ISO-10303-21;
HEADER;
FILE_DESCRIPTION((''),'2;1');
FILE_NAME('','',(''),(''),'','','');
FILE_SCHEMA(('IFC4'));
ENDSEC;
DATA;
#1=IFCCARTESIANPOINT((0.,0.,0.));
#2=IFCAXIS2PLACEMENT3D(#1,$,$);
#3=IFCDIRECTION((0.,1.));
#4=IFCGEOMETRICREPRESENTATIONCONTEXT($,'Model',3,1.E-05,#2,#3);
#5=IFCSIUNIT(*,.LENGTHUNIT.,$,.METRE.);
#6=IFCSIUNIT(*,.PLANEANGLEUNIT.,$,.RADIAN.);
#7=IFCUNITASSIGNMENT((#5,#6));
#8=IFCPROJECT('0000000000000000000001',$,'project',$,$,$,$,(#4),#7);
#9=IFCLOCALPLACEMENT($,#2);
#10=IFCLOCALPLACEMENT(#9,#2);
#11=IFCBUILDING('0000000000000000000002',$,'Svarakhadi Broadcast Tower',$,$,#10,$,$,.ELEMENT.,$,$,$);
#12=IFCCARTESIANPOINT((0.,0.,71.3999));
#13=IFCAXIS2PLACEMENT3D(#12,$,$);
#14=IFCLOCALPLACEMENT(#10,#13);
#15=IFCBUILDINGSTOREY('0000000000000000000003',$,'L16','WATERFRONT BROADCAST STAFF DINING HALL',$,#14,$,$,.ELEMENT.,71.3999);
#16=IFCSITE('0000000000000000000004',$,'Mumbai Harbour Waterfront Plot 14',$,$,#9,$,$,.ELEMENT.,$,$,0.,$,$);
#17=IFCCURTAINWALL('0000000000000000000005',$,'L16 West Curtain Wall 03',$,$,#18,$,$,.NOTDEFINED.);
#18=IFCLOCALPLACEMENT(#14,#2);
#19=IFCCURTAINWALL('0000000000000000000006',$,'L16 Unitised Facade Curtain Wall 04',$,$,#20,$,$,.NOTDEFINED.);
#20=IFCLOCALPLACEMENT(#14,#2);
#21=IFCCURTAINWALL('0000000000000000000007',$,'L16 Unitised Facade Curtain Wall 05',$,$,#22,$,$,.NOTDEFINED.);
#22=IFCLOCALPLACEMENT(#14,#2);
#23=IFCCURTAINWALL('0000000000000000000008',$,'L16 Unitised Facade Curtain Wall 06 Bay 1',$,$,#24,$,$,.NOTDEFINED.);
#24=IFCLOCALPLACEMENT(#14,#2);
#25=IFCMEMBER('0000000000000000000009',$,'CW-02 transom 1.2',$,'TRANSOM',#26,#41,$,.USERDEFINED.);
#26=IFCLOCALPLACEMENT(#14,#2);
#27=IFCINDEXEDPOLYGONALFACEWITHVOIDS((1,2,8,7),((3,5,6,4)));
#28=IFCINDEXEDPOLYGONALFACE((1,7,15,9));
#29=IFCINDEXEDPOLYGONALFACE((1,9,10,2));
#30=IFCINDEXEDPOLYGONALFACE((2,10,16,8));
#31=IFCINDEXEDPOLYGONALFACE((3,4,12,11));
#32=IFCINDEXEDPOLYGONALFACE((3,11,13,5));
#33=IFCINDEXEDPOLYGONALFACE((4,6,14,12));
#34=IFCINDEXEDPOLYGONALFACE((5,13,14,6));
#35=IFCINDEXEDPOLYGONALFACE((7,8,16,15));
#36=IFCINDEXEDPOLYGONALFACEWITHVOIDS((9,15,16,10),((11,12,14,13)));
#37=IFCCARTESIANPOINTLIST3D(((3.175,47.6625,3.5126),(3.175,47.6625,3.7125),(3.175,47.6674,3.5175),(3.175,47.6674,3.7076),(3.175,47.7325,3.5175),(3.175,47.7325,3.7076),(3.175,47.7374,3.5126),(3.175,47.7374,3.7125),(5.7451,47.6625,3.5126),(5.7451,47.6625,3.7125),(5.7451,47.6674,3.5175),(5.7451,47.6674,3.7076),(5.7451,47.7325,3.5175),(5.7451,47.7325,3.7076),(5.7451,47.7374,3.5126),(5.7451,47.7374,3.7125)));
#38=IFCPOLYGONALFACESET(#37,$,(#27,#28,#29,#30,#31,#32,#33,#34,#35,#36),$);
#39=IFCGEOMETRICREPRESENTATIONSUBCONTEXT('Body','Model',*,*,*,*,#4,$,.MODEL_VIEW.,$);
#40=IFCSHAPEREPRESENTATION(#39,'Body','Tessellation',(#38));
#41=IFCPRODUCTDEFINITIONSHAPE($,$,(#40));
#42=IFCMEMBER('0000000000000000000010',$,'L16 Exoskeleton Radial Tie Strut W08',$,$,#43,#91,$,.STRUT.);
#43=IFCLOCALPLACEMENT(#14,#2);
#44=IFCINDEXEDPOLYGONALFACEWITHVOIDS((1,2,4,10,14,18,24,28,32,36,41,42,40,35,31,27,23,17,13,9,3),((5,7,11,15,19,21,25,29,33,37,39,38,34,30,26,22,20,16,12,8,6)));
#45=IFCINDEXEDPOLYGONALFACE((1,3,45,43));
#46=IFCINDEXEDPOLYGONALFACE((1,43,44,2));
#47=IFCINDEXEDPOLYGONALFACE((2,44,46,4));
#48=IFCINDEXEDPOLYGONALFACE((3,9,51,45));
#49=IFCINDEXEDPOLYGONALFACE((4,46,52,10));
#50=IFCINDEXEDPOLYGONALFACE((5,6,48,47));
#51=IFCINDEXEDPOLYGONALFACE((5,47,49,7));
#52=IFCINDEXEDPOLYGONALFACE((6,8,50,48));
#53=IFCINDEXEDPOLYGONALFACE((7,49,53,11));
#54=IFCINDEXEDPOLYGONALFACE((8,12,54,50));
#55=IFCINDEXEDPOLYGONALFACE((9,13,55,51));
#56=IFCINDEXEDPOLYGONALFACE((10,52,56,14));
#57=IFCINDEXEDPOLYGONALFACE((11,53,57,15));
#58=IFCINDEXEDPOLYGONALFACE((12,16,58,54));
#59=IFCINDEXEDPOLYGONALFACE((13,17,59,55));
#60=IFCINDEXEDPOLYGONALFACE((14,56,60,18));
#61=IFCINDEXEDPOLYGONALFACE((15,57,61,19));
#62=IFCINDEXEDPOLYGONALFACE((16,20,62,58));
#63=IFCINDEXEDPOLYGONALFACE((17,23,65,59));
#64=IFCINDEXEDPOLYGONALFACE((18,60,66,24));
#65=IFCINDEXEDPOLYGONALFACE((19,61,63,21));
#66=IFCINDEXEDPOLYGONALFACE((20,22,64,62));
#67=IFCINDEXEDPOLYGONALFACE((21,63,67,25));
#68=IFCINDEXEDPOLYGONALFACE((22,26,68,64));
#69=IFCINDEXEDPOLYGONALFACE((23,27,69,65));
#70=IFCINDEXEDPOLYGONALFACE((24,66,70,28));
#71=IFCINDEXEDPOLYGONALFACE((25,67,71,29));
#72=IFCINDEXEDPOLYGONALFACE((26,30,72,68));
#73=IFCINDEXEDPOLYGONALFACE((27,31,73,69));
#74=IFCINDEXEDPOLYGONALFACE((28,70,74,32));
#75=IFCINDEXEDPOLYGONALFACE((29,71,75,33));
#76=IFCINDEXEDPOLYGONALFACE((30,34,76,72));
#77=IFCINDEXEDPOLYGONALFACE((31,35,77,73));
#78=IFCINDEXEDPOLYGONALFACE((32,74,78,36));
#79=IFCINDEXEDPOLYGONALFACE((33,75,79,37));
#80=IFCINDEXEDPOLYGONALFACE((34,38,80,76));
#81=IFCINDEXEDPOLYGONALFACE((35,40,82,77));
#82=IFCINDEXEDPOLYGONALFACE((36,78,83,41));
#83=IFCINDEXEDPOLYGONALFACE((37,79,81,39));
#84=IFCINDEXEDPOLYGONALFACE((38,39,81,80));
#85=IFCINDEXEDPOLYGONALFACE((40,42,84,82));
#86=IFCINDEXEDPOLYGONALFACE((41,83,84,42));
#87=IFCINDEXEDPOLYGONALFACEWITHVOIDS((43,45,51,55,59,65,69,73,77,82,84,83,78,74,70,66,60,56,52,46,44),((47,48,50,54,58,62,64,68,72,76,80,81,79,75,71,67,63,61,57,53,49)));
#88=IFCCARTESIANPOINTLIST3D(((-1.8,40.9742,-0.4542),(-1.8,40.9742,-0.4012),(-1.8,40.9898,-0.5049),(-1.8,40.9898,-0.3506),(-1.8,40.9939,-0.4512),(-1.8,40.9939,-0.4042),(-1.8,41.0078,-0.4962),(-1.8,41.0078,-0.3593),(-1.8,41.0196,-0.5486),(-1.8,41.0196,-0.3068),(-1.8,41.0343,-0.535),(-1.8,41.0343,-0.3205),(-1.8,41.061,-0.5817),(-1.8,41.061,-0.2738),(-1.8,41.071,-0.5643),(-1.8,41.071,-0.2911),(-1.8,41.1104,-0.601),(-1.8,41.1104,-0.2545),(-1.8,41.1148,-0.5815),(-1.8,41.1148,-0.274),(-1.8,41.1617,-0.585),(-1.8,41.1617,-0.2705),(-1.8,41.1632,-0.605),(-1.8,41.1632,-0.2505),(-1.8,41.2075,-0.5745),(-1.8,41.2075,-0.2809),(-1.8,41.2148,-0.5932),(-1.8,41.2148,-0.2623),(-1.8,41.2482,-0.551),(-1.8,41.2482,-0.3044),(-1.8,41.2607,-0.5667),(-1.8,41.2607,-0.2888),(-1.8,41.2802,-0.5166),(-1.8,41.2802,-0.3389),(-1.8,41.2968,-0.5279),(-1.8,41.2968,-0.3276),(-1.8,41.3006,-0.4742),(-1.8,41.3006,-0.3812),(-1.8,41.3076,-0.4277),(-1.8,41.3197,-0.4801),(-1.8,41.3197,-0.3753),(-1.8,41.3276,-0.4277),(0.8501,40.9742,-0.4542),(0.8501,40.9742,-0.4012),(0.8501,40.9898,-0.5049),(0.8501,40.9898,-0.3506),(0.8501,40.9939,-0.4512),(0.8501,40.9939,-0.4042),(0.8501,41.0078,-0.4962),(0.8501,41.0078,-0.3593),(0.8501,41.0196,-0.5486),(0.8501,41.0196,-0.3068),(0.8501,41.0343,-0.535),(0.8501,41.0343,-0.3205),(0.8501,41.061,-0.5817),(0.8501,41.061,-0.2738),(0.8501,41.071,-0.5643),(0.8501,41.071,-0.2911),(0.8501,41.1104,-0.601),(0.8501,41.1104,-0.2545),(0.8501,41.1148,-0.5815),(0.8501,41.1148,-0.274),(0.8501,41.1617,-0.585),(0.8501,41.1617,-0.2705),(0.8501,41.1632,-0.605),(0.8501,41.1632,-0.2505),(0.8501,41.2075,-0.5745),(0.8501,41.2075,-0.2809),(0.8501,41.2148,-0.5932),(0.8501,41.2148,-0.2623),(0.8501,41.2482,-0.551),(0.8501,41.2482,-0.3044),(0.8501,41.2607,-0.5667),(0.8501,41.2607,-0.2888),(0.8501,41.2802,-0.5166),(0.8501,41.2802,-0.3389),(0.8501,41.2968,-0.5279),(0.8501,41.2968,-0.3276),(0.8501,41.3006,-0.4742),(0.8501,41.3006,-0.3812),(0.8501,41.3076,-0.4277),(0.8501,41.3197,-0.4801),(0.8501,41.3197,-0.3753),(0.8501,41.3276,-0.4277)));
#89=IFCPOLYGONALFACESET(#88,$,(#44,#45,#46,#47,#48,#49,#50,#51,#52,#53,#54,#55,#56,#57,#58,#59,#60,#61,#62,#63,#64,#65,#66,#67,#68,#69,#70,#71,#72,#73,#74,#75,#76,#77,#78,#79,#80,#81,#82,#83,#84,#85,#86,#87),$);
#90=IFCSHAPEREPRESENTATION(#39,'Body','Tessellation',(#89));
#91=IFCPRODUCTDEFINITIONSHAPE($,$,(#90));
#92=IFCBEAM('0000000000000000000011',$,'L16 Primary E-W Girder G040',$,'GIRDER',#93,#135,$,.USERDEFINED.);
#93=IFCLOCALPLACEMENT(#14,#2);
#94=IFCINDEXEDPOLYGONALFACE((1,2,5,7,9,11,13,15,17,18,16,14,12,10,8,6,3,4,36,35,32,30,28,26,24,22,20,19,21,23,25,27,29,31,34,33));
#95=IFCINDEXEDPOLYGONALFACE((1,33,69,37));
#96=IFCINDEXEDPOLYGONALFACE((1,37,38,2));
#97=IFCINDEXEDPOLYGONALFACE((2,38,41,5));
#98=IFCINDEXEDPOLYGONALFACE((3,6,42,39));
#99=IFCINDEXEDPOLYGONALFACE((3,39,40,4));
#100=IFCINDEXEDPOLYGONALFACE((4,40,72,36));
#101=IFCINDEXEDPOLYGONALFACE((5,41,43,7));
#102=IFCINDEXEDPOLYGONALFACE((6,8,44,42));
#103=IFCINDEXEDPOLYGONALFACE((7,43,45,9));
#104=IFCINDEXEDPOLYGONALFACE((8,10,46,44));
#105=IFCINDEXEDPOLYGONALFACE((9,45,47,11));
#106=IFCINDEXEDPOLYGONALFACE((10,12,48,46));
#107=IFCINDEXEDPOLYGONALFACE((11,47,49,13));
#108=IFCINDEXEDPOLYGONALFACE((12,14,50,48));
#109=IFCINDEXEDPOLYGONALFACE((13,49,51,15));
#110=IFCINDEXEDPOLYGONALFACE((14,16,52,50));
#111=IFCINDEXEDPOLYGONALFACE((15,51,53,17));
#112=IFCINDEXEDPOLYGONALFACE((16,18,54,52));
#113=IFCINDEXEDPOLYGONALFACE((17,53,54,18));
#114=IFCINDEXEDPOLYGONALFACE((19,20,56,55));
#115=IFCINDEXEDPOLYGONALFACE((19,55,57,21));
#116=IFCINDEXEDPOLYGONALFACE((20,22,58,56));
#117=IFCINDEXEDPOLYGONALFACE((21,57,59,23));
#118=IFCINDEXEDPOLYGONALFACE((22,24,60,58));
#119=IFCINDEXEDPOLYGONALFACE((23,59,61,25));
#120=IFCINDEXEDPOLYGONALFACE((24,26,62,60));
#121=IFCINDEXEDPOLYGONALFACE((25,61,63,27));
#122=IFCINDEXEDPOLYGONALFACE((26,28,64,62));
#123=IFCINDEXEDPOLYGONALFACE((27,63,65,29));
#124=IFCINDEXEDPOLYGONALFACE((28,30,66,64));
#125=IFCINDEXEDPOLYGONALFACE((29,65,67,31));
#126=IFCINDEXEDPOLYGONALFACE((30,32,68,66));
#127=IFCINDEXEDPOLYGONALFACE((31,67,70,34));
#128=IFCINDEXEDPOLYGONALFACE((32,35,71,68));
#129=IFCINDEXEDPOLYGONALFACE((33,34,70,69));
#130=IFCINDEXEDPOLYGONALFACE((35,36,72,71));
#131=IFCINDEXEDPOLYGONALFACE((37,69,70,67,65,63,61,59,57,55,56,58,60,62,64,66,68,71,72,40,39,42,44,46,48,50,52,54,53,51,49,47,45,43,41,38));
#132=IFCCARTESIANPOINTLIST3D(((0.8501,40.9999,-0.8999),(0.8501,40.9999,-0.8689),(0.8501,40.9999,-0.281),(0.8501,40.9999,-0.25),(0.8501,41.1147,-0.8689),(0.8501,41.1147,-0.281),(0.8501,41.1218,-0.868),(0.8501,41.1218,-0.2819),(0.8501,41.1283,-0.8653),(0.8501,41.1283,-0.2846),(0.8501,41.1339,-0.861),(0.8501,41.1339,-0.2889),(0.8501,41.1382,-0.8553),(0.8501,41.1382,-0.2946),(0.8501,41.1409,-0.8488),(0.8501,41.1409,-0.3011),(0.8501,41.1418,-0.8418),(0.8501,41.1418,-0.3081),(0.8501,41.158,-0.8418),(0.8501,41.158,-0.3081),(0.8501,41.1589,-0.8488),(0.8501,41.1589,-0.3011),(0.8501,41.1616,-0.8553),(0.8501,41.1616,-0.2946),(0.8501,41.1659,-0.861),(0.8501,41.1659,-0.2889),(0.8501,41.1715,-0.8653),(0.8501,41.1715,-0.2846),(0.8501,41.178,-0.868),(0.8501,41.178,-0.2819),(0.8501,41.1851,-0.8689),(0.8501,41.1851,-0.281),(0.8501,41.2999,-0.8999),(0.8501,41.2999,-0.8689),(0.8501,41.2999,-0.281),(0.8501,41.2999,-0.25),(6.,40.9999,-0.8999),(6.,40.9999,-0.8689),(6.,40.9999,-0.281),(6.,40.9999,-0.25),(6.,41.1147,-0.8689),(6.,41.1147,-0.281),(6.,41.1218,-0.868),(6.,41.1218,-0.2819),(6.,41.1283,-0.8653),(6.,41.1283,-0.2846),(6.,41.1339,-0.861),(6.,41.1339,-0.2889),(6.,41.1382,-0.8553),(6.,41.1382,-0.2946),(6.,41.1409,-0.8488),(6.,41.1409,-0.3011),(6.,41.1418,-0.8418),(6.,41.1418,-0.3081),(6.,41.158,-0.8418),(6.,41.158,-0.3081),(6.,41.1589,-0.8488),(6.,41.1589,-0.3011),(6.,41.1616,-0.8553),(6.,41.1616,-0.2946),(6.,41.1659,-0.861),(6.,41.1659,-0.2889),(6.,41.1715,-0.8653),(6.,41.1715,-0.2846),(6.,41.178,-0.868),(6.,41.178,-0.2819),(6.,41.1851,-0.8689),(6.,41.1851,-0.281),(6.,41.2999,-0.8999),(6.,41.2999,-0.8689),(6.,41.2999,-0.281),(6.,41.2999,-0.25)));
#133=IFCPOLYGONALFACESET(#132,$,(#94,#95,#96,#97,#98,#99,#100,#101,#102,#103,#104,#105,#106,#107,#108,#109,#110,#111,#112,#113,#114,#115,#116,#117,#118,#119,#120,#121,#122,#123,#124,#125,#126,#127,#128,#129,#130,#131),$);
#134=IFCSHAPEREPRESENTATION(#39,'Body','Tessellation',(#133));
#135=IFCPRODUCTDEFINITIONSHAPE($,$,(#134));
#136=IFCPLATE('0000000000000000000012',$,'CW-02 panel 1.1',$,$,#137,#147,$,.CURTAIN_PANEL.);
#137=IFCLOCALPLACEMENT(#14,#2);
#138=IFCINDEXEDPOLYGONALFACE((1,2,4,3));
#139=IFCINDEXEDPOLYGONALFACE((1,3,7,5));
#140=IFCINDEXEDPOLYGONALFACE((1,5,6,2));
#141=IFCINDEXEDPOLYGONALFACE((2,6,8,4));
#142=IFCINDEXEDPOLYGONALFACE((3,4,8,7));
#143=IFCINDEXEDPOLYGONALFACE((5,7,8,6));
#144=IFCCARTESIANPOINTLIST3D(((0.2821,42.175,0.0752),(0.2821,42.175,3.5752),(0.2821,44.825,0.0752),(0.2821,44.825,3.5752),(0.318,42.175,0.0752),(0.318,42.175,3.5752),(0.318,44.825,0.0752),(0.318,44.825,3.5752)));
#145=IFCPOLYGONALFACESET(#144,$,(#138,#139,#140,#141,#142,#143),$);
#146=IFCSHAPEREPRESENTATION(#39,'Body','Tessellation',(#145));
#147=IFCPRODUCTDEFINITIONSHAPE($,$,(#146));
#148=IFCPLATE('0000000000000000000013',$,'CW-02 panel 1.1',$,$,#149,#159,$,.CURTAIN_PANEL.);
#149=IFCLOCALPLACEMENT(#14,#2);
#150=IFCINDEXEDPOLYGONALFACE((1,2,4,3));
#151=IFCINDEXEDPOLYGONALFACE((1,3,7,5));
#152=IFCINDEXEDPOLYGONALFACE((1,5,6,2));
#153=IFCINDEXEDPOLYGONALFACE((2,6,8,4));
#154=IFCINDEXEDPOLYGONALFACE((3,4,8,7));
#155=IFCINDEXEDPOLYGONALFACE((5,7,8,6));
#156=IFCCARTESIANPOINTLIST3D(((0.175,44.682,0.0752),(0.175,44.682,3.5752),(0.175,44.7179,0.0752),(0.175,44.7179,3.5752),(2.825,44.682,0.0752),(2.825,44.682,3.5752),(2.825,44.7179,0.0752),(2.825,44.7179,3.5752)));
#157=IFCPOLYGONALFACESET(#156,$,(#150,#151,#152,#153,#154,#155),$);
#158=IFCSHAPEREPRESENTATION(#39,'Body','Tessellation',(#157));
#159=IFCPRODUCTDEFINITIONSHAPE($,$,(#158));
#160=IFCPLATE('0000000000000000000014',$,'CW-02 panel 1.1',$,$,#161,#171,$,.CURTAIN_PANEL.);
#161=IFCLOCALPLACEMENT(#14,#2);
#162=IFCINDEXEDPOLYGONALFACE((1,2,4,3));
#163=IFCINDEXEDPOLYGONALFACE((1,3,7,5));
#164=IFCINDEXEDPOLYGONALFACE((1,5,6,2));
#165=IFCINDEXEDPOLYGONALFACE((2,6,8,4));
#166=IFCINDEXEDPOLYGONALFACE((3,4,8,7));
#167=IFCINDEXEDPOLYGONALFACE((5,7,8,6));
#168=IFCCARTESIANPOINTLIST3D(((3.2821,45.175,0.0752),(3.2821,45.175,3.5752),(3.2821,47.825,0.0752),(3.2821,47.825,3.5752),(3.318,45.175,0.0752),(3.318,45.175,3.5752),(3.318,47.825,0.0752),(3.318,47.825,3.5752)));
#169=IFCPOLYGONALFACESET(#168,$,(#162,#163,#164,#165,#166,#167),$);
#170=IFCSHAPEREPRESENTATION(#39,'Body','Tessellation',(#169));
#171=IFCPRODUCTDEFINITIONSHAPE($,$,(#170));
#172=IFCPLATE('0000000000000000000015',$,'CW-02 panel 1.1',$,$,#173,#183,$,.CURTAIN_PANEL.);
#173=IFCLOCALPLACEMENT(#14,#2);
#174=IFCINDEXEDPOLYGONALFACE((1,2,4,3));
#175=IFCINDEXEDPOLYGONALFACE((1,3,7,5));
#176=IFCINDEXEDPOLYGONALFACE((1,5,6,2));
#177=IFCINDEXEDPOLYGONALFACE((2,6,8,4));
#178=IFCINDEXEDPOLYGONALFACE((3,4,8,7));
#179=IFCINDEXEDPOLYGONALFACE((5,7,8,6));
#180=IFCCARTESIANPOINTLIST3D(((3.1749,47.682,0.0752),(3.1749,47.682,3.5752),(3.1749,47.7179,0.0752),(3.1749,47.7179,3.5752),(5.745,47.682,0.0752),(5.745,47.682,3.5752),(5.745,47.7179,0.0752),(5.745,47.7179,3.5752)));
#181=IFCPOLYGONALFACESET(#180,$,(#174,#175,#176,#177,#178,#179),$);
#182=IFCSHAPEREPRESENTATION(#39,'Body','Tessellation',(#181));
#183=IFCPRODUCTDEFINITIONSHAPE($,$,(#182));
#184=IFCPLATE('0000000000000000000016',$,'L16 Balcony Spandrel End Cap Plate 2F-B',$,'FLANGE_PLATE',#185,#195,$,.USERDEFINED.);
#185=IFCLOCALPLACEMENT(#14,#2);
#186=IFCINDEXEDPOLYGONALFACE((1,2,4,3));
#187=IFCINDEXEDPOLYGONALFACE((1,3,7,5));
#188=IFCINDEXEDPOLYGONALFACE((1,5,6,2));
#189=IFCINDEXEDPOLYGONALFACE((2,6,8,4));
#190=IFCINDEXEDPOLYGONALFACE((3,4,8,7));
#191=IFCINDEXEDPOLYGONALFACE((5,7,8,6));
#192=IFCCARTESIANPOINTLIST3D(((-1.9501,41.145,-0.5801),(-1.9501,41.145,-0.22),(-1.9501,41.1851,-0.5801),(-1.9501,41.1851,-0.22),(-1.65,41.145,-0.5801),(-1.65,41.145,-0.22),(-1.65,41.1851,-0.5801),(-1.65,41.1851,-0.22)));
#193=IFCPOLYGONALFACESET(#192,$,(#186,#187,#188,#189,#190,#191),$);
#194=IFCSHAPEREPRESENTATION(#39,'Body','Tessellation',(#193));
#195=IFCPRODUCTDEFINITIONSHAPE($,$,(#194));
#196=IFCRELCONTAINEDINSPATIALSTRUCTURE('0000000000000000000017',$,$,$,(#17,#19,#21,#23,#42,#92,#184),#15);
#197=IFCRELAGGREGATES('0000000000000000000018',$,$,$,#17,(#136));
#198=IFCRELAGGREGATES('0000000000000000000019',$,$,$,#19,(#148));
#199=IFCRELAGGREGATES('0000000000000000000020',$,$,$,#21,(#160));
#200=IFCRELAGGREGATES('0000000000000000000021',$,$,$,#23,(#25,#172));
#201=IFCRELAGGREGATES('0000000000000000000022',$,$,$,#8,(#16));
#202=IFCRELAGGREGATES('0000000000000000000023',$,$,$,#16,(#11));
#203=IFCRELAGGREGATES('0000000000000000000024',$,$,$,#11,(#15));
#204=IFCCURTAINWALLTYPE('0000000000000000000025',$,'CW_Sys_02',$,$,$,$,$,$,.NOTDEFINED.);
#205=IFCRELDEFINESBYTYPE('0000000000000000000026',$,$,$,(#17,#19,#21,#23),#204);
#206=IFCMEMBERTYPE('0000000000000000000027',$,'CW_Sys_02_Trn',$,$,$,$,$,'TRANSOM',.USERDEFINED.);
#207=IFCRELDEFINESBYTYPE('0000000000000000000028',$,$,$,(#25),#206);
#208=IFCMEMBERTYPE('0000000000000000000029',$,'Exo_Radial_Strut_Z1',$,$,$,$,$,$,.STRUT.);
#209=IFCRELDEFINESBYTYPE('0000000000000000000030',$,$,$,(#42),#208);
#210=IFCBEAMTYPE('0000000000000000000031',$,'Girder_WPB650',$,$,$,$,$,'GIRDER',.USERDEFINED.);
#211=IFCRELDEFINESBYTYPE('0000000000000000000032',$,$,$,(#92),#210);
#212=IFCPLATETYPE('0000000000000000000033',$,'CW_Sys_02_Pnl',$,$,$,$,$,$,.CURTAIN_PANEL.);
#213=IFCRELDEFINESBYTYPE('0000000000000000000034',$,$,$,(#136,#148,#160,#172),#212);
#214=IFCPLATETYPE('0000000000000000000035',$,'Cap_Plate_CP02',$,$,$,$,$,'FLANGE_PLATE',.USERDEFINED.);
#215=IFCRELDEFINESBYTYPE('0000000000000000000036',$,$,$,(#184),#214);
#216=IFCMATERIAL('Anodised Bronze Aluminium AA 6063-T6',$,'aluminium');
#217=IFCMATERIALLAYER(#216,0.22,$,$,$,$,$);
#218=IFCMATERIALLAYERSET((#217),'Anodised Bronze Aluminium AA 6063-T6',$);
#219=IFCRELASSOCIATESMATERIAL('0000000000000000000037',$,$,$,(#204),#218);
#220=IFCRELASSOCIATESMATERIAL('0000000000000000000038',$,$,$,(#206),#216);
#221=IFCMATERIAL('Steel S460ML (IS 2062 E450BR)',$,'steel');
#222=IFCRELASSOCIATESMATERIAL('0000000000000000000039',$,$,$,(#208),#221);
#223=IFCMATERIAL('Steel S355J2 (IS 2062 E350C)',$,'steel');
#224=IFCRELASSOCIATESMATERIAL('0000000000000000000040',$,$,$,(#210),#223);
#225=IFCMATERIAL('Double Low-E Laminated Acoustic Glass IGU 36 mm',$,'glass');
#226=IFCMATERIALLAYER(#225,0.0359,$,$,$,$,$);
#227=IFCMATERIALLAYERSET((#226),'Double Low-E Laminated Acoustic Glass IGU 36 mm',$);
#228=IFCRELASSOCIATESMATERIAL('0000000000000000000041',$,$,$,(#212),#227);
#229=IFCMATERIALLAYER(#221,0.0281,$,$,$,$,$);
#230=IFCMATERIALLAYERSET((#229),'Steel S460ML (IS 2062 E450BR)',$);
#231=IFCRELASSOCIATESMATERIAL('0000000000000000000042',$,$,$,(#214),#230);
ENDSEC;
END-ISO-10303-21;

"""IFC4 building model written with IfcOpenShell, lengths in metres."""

from ifc_helpers import new_model, si_unit, direction, frame, origin, origin_2d, place, context, subcontext, project, spatial, rectangle, hollow_rectangle, hollow_circle, i_section, extrude, material, layer, layer_set, material_profile, profile_set, type_object, element, aggregate, save


model = new_model("IFC4")

# Units and contexts
model_context = context("Model", 3, precision=1e-05, world=origin(), true_north=direction((0.0, 1.0)))
body_context = subcontext(model_context, "Body", "Model", "MODEL_VIEW")
ifc_project = project(units=[si_unit("LENGTHUNIT", "METRE"), si_unit("PLANEANGLEUNIT", "RADIAN")], contexts=[model_context])

# Site, building, storey
site_placement = place(None, origin())
site = spatial("IfcSite", under=ifc_project, at=site_placement, Name="Mumbai Harbour Waterfront Plot 14", CompositionType="ELEMENT", RefElevation=0.0)
building_placement = place(site_placement, origin())
building = spatial("IfcBuilding", under=site, at=building_placement, Name="Svarakhadi Broadcast Tower", CompositionType="ELEMENT")
storey_placement = place(building_placement, frame((0.0, 0.0, 71.3999)))
storey = spatial("IfcBuildingStorey", under=building, at=storey_placement, Name="L16", Description="WATERFRONT BROADCAST STAFF DINING HALL", CompositionType="ELEMENT", Elevation=71.3999)

# Shared definitions
ifc_material_1 = material(Name="Steel S460ML (IS 2062 E450BR)", Category="steel")

# Shared definitions
ifc_material_2 = material(Name="Steel S355J2 (IS 2062 E350C)", Category="steel")

# Curtain walls
ifc_material_3 = material(Name="Anodised Bronze Aluminium AA 6063-T6", Category="aluminium")
ifc_layer_1 = layer(ifc_material_3, 0.22)
ifc_layer_set_1 = layer_set([ifc_layer_1], Name="Anodised Bronze Aluminium AA 6063-T6")
curtain_wall_type = type_object("IfcCurtainWallType", Name="CW_Sys_02", PredefinedType="NOTDEFINED", material=ifc_layer_set_1)
curtain_wall_1_placement = place(storey_placement, origin())
curtain_wall_1 = element("IfcCurtainWall", 1, at=curtain_wall_1_placement, inside=storey, type_object=curtain_wall_type, Name="L16 West Curtain Wall 03", PredefinedType="NOTDEFINED")
curtain_wall_2_placement = place(storey_placement, origin())
curtain_wall_2 = element("IfcCurtainWall", 2, at=curtain_wall_2_placement, inside=storey, type_object=curtain_wall_type, Name="L16 Unitised Facade Curtain Wall 04", PredefinedType="NOTDEFINED")
curtain_wall_3_placement = place(storey_placement, origin())
curtain_wall_3 = element("IfcCurtainWall", 3, at=curtain_wall_3_placement, inside=storey, type_object=curtain_wall_type, Name="L16 Unitised Facade Curtain Wall 05", PredefinedType="NOTDEFINED")
curtain_wall_4_placement = place(storey_placement, origin())
curtain_wall_4 = element("IfcCurtainWall", 4, at=curtain_wall_4_placement, inside=storey, type_object=curtain_wall_type, Name="L16 Unitised Facade Curtain Wall 06 Bay 1", PredefinedType="NOTDEFINED")

# Members
ifc_material_profile_1 = material_profile(ifc_material_3, hollow_rectangle(XDim=0.075, YDim=0.2, WallThickness=0.0049, at=origin_2d()), Name="ALU TRANSOM 200x75x5")
ifc_profile_set_1 = profile_set([ifc_material_profile_1], Name="Anodised Bronze Aluminium AA 6063-T6")
member_type_1 = type_object("IfcMemberType", Name="CW_Sys_02_Trn", ElementType="TRANSOM", PredefinedType="USERDEFINED", material=ifc_profile_set_1)
member_1_placement = place(storey_placement, frame((3.175, 47.7, 3.6125), z_axis=(1.0, 0.0, 0.0), x_axis=(0.0, 1.0, 0.0)))
member_1 = element("IfcMember", 5, at=member_1_placement, type_object=member_type_1, Name="CW-02 transom 1.2", ObjectType="TRANSOM", PredefinedType="USERDEFINED", context=body_context, shape_type="SweptSolid", body=[
    extrude(hollow_rectangle(XDim=0.075, YDim=0.2, WallThickness=0.0049, at=origin_2d()), origin(), (0.0, 0.0, 1.0), 2.5701),
])
ifc_material_profile_2 = material_profile(ifc_material_1, hollow_circle(Radius=0.1777, WallThickness=0.02, at=origin_2d()), Name="CHS 355.6x20")
ifc_profile_set_2 = profile_set([ifc_material_profile_2], Name="Steel S460ML (IS 2062 E450BR)")
member_type_2 = type_object("IfcMemberType", Name="Exo_Radial_Strut_Z1", PredefinedType="STRUT", material=ifc_profile_set_2)
member_2_placement = place(storey_placement, frame((-1.8, 41.1499, -0.4277), z_axis=(1.0, 0.0, 0.0), x_axis=(0.0, 1.0, 0.0)))
element("IfcMember", 6, at=member_2_placement, inside=storey, type_object=member_type_2, Name="L16 Exoskeleton Radial Tie Strut W08", PredefinedType="STRUT", context=body_context, shape_type="SweptSolid", body=[
    extrude(hollow_circle(Radius=0.1777, WallThickness=0.02, at=origin_2d()), origin(), (0.0, 0.0, 1.0), 2.6501),
])

# Beam
ifc_material_profile_3 = material_profile(ifc_material_2, i_section(OverallWidth=0.3, OverallDepth=0.6499, WebThickness=0.0161, FlangeThickness=0.031, FilletRadius=0.0271, at=origin_2d()), Name="WPB 650x300x225")
ifc_profile_set_3 = profile_set([ifc_material_profile_3], Name="Steel S355J2 (IS 2062 E350C)")
beam_type_1 = type_object("IfcBeamType", Name="Girder_WPB650", ElementType="GIRDER", PredefinedType="USERDEFINED", material=ifc_profile_set_3)
beam_1_placement = place(storey_placement, frame((0.8501, 41.1499, -0.575), z_axis=(1.0, 0.0, 0.0), x_axis=(0.0, 1.0, 0.0)))
element("IfcBeam", 7, at=beam_1_placement, inside=storey, type_object=beam_type_1, Name="L16 Primary E-W Girder G040", ObjectType="GIRDER", PredefinedType="USERDEFINED", context=body_context, shape_type="SweptSolid", body=[
    extrude(i_section(OverallWidth=0.3, OverallDepth=0.6499, WebThickness=0.0161, FlangeThickness=0.031, FilletRadius=0.0271, at=origin_2d()), origin(), (0.0, 0.0, 1.0), 5.1499),
])

# Plates
ifc_material_4 = material(Name="Double Low-E Laminated Acoustic Glass IGU 36 mm", Category="glass")
ifc_layer_2 = layer(ifc_material_4, 0.0359)
ifc_layer_set_2 = layer_set([ifc_layer_2], Name="Double Low-E Laminated Acoustic Glass IGU 36 mm")
plate_type_1 = type_object("IfcPlateType", Name="CW_Sys_02_Pnl", PredefinedType="CURTAIN_PANEL", material=ifc_layer_set_2)
plate_1_placement = place(storey_placement, frame((0.3, 43.5, 0.0752), z_axis=(0.0, 0.0, 1.0), x_axis=(0.0, 1.0, 0.0)))
plate_1 = element("IfcPlate", 8, at=plate_1_placement, type_object=plate_type_1, Name="CW-02 panel 1.1", PredefinedType="CURTAIN_PANEL", context=body_context, shape_type="SweptSolid", body=[
    extrude(rectangle(XDim=2.6499, YDim=0.0359, at=origin_2d()), origin(), (0.0, 0.0, 1.0), 3.5),
])
aggregate(curtain_wall_1, [plate_1])
plate_2_placement = place(storey_placement, frame((1.5, 44.7, 0.0752), z_axis=(0.0, 0.0, 1.0), x_axis=(1.0, 0.0, 0.0)))
plate_2 = element("IfcPlate", 9, at=plate_2_placement, type_object=plate_type_1, Name="CW-02 panel 1.1", PredefinedType="CURTAIN_PANEL", context=body_context, shape_type="SweptSolid", body=[
    extrude(rectangle(XDim=2.6499, YDim=0.0359, at=origin_2d()), origin(), (0.0, 0.0, 1.0), 3.5),
])
aggregate(curtain_wall_2, [plate_2])
plate_3_placement = place(storey_placement, frame((3.3, 46.5, 0.0752), z_axis=(0.0, 0.0, 1.0), x_axis=(0.0, 1.0, 0.0)))
plate_3 = element("IfcPlate", 10, at=plate_3_placement, type_object=plate_type_1, Name="CW-02 panel 1.1", PredefinedType="CURTAIN_PANEL", context=body_context, shape_type="SweptSolid", body=[
    extrude(rectangle(XDim=2.6499, YDim=0.0359, at=origin_2d()), origin(), (0.0, 0.0, 1.0), 3.5),
])
aggregate(curtain_wall_3, [plate_3])
plate_4_placement = place(storey_placement, frame((4.46, 47.7, 0.0752), z_axis=(0.0, 0.0, 1.0), x_axis=(1.0, 0.0, 0.0)))
plate_4 = element("IfcPlate", 11, at=plate_4_placement, type_object=plate_type_1, Name="CW-02 panel 1.1", PredefinedType="CURTAIN_PANEL", context=body_context, shape_type="SweptSolid", body=[
    extrude(rectangle(XDim=2.5701, YDim=0.0359, at=origin_2d()), origin(), (0.0, 0.0, 1.0), 3.5),
])
aggregate(curtain_wall_4, [member_1, plate_4])

# Plate
ifc_layer_3 = layer(ifc_material_1, 0.0281)
ifc_layer_set_3 = layer_set([ifc_layer_3], Name="Steel S460ML (IS 2062 E450BR)")
plate_type_2 = type_object("IfcPlateType", Name="Cap_Plate_CP02", ElementType="FLANGE_PLATE", PredefinedType="USERDEFINED", material=ifc_layer_set_3)
plate_5_placement = place(storey_placement, frame((-1.8, 41.165, -0.5801), z_axis=(0.0, 0.0, 1.0), x_axis=(1.0, 0.0, 0.0)))
element("IfcPlate", 12, at=plate_5_placement, inside=storey, type_object=plate_type_2, Name="L16 Balcony Spandrel End Cap Plate 2F-B", ObjectType="FLANGE_PLATE", PredefinedType="USERDEFINED", context=body_context, shape_type="SweptSolid", body=[
    extrude(rectangle(XDim=0.3, YDim=0.04, at=origin_2d()), origin(), (0.0, 0.0, 1.0), 0.3601),
])

save(model, "model.ifc")
